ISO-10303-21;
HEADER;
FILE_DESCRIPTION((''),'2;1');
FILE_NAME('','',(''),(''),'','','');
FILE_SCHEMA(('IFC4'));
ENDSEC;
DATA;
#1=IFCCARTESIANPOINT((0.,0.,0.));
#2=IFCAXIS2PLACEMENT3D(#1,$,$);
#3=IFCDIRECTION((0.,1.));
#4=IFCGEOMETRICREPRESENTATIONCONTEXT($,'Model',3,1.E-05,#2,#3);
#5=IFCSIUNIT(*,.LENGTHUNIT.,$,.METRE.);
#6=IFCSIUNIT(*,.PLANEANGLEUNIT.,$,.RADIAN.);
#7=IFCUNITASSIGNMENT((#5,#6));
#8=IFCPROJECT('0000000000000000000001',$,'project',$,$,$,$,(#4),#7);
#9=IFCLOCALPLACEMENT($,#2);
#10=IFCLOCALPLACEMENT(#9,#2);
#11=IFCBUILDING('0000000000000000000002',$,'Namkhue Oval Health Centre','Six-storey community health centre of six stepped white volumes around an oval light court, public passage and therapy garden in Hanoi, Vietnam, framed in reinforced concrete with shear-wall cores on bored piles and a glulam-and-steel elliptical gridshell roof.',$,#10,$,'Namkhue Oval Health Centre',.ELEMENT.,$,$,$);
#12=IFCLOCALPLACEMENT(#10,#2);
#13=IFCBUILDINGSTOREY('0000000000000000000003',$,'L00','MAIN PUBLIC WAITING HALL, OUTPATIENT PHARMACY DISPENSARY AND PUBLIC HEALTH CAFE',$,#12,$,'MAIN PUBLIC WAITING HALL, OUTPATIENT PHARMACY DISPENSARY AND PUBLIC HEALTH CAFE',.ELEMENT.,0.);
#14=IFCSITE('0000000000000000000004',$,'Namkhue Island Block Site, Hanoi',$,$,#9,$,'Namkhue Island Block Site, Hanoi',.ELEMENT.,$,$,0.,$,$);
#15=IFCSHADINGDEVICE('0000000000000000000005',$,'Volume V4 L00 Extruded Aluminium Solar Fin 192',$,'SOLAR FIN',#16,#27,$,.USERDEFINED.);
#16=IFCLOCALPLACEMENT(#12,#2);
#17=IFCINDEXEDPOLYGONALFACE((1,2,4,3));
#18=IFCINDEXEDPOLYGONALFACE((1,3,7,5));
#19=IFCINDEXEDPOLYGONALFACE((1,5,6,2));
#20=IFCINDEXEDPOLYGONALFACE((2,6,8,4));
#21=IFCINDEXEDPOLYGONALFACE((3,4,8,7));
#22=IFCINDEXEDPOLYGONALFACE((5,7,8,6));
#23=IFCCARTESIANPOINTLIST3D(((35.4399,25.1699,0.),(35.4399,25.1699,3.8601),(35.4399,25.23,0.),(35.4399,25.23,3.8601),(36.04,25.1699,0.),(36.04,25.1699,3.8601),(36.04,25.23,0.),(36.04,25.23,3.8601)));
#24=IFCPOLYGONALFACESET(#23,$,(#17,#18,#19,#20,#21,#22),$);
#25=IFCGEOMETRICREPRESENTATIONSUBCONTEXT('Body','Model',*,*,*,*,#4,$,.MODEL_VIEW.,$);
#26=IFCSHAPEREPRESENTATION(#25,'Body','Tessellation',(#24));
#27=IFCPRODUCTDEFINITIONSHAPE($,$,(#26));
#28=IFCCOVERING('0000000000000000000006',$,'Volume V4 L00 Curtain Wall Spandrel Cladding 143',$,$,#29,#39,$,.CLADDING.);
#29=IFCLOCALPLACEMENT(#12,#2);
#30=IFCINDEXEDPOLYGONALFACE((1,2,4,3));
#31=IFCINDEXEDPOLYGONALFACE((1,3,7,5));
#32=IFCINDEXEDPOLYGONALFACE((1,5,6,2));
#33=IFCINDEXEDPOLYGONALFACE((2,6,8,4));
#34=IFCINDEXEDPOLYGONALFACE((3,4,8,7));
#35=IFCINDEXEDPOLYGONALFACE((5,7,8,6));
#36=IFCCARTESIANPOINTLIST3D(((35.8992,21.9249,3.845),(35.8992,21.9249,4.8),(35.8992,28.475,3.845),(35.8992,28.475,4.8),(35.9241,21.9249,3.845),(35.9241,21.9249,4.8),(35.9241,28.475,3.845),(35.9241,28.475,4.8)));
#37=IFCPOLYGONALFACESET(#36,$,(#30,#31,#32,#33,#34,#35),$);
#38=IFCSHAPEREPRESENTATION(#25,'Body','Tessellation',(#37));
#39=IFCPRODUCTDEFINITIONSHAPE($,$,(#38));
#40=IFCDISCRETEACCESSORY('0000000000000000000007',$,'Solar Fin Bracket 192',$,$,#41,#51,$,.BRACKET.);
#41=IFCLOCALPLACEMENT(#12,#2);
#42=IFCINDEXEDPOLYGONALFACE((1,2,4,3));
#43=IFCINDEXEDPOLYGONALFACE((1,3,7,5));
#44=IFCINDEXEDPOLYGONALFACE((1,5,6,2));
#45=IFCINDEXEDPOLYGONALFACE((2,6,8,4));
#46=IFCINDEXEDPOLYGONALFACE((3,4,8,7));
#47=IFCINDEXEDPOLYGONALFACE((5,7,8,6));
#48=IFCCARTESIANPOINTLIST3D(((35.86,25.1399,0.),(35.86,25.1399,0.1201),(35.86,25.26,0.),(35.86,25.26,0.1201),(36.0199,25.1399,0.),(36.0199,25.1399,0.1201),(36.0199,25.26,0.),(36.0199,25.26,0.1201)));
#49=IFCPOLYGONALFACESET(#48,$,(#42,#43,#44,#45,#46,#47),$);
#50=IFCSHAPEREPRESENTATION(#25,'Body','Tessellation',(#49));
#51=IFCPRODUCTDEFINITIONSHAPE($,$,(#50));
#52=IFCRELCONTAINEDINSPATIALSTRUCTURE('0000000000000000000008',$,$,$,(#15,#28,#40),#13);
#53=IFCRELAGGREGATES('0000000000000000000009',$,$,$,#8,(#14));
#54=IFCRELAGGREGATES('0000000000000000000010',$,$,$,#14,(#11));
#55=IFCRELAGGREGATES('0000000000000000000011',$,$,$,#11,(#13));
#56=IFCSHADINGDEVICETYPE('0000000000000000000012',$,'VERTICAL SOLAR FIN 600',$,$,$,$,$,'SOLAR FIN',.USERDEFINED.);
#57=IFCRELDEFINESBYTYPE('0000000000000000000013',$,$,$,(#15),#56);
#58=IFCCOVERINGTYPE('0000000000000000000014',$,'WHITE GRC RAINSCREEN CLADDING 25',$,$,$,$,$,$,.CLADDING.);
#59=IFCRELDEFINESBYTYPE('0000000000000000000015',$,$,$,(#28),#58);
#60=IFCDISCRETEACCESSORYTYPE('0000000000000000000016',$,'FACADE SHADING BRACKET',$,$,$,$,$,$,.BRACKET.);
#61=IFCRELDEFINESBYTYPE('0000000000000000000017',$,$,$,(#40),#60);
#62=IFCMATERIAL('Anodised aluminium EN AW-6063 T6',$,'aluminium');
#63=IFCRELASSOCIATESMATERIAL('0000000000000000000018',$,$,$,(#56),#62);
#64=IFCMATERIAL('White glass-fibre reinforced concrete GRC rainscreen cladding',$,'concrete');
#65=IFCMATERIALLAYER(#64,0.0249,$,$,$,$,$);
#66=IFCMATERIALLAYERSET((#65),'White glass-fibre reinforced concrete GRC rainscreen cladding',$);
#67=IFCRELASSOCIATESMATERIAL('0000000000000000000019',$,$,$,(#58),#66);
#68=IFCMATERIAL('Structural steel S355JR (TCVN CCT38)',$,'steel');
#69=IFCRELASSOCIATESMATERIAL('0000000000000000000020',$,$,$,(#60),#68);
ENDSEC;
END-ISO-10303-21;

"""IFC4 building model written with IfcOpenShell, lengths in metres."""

from ifc_helpers import new_model, si_unit, direction, frame, origin, origin_2d, place, context, subcontext, project, spatial, rectangle, extrude, material, layer, layer_set, type_object, element, save


model = new_model("IFC4")

# Units and contexts
model_context = context("Model", 3, precision=1e-05, world=origin(), true_north=direction((0.0, 1.0)))
body_context = subcontext(model_context, "Body", "Model", "MODEL_VIEW")
ifc_project = project(units=[si_unit("LENGTHUNIT", "METRE"), si_unit("PLANEANGLEUNIT", "RADIAN")], contexts=[model_context])

# Site, building, storey
site_placement = place(None, origin())
site = spatial("IfcSite", under=ifc_project, at=site_placement, Name="Namkhue Island Block Site, Hanoi", LongName="Namkhue Island Block Site, Hanoi", CompositionType="ELEMENT", RefElevation=0.0)
building_placement = place(site_placement, origin())
building = spatial("IfcBuilding", under=site, at=building_placement, Name="Namkhue Oval Health Centre", Description="Six-storey community health centre of six stepped white volumes around an oval light court, public passage and therapy garden in Hanoi, Vietnam, framed in reinforced concrete with shear-wall cores on bored piles and a glulam-and-steel elliptical gridshell roof.", LongName="Namkhue Oval Health Centre", CompositionType="ELEMENT")
storey_placement = place(building_placement, origin())
storey = spatial("IfcBuildingStorey", under=building, at=storey_placement, Name="L00", Description="MAIN PUBLIC WAITING HALL, OUTPATIENT PHARMACY DISPENSARY AND PUBLIC HEALTH CAFE", LongName="MAIN PUBLIC WAITING HALL, OUTPATIENT PHARMACY DISPENSARY AND PUBLIC HEALTH CAFE", CompositionType="ELEMENT", Elevation=0.0)

# Shared definitions
ifc_material_1 = material(Name="Anodised aluminium EN AW-6063 T6", Category="aluminium")

# Shading device
shading_device_type = type_object("IfcShadingDeviceType", Name="VERTICAL SOLAR FIN 600", ElementType="SOLAR FIN", PredefinedType="USERDEFINED", material=ifc_material_1)
shading_device_placement = place(storey_placement, frame((35.74, 25.2, 0.0), z_axis=(0.0, 0.0, 1.0), x_axis=(-1.0, 0.0, 0.0)))
element("IfcShadingDevice", 1, at=shading_device_placement, inside=storey, type_object=shading_device_type, Name="Volume V4 L00 Extruded Aluminium Solar Fin 192", ObjectType="SOLAR FIN", PredefinedType="USERDEFINED", context=body_context, shape_type="SweptSolid", body=[
    extrude(rectangle(XDim=0.6001, YDim=0.0601, at=origin_2d()), origin(), (0.0, 0.0, 1.0), 3.8601),
])

# Covering
ifc_material_2 = material(Name="White glass-fibre reinforced concrete GRC rainscreen cladding", Category="concrete")
ifc_layer_1 = layer(ifc_material_2, 0.0249)
ifc_layer_set_1 = layer_set([ifc_layer_1], Name="White glass-fibre reinforced concrete GRC rainscreen cladding")
covering_type = type_object("IfcCoveringType", Name="WHITE GRC RAINSCREEN CLADDING 25", PredefinedType="CLADDING", material=ifc_layer_set_1)
covering_placement = place(storey_placement, frame((35.9116, 25.2, 3.845), z_axis=(0.0, 0.0, 1.0), x_axis=(0.0, -1.0, 0.0)))
element("IfcCovering", 2, at=covering_placement, inside=storey, type_object=covering_type, Name="Volume V4 L00 Curtain Wall Spandrel Cladding 143", PredefinedType="CLADDING", context=body_context, shape_type="SweptSolid", body=[
    extrude(rectangle(XDim=6.55, YDim=0.0249, at=origin_2d()), origin(), (0.0, 0.0, 1.0), 0.9551),
])

# Discrete accessory
ifc_material_3 = material(Name="Structural steel S355JR (TCVN CCT38)", Category="steel")
discrete_accessory_type = type_object("IfcDiscreteAccessoryType", Name="FACADE SHADING BRACKET", PredefinedType="BRACKET", material=ifc_material_3)
discrete_accessory_placement = place(storey_placement, frame((35.9399, 25.2, 0.0), z_axis=(0.0, 0.0, 1.0), x_axis=(-1.0, 0.0, 0.0)))
element("IfcDiscreteAccessory", 3, at=discrete_accessory_placement, inside=storey, type_object=discrete_accessory_type, Name="Solar Fin Bracket 192", PredefinedType="BRACKET", context=body_context, shape_type="SweptSolid", body=[
    extrude(rectangle(XDim=0.1599, YDim=0.1201, at=origin_2d()), origin(), (0.0, 0.0, 1.0), 0.1201),
])

save(model, "model.ifc")
